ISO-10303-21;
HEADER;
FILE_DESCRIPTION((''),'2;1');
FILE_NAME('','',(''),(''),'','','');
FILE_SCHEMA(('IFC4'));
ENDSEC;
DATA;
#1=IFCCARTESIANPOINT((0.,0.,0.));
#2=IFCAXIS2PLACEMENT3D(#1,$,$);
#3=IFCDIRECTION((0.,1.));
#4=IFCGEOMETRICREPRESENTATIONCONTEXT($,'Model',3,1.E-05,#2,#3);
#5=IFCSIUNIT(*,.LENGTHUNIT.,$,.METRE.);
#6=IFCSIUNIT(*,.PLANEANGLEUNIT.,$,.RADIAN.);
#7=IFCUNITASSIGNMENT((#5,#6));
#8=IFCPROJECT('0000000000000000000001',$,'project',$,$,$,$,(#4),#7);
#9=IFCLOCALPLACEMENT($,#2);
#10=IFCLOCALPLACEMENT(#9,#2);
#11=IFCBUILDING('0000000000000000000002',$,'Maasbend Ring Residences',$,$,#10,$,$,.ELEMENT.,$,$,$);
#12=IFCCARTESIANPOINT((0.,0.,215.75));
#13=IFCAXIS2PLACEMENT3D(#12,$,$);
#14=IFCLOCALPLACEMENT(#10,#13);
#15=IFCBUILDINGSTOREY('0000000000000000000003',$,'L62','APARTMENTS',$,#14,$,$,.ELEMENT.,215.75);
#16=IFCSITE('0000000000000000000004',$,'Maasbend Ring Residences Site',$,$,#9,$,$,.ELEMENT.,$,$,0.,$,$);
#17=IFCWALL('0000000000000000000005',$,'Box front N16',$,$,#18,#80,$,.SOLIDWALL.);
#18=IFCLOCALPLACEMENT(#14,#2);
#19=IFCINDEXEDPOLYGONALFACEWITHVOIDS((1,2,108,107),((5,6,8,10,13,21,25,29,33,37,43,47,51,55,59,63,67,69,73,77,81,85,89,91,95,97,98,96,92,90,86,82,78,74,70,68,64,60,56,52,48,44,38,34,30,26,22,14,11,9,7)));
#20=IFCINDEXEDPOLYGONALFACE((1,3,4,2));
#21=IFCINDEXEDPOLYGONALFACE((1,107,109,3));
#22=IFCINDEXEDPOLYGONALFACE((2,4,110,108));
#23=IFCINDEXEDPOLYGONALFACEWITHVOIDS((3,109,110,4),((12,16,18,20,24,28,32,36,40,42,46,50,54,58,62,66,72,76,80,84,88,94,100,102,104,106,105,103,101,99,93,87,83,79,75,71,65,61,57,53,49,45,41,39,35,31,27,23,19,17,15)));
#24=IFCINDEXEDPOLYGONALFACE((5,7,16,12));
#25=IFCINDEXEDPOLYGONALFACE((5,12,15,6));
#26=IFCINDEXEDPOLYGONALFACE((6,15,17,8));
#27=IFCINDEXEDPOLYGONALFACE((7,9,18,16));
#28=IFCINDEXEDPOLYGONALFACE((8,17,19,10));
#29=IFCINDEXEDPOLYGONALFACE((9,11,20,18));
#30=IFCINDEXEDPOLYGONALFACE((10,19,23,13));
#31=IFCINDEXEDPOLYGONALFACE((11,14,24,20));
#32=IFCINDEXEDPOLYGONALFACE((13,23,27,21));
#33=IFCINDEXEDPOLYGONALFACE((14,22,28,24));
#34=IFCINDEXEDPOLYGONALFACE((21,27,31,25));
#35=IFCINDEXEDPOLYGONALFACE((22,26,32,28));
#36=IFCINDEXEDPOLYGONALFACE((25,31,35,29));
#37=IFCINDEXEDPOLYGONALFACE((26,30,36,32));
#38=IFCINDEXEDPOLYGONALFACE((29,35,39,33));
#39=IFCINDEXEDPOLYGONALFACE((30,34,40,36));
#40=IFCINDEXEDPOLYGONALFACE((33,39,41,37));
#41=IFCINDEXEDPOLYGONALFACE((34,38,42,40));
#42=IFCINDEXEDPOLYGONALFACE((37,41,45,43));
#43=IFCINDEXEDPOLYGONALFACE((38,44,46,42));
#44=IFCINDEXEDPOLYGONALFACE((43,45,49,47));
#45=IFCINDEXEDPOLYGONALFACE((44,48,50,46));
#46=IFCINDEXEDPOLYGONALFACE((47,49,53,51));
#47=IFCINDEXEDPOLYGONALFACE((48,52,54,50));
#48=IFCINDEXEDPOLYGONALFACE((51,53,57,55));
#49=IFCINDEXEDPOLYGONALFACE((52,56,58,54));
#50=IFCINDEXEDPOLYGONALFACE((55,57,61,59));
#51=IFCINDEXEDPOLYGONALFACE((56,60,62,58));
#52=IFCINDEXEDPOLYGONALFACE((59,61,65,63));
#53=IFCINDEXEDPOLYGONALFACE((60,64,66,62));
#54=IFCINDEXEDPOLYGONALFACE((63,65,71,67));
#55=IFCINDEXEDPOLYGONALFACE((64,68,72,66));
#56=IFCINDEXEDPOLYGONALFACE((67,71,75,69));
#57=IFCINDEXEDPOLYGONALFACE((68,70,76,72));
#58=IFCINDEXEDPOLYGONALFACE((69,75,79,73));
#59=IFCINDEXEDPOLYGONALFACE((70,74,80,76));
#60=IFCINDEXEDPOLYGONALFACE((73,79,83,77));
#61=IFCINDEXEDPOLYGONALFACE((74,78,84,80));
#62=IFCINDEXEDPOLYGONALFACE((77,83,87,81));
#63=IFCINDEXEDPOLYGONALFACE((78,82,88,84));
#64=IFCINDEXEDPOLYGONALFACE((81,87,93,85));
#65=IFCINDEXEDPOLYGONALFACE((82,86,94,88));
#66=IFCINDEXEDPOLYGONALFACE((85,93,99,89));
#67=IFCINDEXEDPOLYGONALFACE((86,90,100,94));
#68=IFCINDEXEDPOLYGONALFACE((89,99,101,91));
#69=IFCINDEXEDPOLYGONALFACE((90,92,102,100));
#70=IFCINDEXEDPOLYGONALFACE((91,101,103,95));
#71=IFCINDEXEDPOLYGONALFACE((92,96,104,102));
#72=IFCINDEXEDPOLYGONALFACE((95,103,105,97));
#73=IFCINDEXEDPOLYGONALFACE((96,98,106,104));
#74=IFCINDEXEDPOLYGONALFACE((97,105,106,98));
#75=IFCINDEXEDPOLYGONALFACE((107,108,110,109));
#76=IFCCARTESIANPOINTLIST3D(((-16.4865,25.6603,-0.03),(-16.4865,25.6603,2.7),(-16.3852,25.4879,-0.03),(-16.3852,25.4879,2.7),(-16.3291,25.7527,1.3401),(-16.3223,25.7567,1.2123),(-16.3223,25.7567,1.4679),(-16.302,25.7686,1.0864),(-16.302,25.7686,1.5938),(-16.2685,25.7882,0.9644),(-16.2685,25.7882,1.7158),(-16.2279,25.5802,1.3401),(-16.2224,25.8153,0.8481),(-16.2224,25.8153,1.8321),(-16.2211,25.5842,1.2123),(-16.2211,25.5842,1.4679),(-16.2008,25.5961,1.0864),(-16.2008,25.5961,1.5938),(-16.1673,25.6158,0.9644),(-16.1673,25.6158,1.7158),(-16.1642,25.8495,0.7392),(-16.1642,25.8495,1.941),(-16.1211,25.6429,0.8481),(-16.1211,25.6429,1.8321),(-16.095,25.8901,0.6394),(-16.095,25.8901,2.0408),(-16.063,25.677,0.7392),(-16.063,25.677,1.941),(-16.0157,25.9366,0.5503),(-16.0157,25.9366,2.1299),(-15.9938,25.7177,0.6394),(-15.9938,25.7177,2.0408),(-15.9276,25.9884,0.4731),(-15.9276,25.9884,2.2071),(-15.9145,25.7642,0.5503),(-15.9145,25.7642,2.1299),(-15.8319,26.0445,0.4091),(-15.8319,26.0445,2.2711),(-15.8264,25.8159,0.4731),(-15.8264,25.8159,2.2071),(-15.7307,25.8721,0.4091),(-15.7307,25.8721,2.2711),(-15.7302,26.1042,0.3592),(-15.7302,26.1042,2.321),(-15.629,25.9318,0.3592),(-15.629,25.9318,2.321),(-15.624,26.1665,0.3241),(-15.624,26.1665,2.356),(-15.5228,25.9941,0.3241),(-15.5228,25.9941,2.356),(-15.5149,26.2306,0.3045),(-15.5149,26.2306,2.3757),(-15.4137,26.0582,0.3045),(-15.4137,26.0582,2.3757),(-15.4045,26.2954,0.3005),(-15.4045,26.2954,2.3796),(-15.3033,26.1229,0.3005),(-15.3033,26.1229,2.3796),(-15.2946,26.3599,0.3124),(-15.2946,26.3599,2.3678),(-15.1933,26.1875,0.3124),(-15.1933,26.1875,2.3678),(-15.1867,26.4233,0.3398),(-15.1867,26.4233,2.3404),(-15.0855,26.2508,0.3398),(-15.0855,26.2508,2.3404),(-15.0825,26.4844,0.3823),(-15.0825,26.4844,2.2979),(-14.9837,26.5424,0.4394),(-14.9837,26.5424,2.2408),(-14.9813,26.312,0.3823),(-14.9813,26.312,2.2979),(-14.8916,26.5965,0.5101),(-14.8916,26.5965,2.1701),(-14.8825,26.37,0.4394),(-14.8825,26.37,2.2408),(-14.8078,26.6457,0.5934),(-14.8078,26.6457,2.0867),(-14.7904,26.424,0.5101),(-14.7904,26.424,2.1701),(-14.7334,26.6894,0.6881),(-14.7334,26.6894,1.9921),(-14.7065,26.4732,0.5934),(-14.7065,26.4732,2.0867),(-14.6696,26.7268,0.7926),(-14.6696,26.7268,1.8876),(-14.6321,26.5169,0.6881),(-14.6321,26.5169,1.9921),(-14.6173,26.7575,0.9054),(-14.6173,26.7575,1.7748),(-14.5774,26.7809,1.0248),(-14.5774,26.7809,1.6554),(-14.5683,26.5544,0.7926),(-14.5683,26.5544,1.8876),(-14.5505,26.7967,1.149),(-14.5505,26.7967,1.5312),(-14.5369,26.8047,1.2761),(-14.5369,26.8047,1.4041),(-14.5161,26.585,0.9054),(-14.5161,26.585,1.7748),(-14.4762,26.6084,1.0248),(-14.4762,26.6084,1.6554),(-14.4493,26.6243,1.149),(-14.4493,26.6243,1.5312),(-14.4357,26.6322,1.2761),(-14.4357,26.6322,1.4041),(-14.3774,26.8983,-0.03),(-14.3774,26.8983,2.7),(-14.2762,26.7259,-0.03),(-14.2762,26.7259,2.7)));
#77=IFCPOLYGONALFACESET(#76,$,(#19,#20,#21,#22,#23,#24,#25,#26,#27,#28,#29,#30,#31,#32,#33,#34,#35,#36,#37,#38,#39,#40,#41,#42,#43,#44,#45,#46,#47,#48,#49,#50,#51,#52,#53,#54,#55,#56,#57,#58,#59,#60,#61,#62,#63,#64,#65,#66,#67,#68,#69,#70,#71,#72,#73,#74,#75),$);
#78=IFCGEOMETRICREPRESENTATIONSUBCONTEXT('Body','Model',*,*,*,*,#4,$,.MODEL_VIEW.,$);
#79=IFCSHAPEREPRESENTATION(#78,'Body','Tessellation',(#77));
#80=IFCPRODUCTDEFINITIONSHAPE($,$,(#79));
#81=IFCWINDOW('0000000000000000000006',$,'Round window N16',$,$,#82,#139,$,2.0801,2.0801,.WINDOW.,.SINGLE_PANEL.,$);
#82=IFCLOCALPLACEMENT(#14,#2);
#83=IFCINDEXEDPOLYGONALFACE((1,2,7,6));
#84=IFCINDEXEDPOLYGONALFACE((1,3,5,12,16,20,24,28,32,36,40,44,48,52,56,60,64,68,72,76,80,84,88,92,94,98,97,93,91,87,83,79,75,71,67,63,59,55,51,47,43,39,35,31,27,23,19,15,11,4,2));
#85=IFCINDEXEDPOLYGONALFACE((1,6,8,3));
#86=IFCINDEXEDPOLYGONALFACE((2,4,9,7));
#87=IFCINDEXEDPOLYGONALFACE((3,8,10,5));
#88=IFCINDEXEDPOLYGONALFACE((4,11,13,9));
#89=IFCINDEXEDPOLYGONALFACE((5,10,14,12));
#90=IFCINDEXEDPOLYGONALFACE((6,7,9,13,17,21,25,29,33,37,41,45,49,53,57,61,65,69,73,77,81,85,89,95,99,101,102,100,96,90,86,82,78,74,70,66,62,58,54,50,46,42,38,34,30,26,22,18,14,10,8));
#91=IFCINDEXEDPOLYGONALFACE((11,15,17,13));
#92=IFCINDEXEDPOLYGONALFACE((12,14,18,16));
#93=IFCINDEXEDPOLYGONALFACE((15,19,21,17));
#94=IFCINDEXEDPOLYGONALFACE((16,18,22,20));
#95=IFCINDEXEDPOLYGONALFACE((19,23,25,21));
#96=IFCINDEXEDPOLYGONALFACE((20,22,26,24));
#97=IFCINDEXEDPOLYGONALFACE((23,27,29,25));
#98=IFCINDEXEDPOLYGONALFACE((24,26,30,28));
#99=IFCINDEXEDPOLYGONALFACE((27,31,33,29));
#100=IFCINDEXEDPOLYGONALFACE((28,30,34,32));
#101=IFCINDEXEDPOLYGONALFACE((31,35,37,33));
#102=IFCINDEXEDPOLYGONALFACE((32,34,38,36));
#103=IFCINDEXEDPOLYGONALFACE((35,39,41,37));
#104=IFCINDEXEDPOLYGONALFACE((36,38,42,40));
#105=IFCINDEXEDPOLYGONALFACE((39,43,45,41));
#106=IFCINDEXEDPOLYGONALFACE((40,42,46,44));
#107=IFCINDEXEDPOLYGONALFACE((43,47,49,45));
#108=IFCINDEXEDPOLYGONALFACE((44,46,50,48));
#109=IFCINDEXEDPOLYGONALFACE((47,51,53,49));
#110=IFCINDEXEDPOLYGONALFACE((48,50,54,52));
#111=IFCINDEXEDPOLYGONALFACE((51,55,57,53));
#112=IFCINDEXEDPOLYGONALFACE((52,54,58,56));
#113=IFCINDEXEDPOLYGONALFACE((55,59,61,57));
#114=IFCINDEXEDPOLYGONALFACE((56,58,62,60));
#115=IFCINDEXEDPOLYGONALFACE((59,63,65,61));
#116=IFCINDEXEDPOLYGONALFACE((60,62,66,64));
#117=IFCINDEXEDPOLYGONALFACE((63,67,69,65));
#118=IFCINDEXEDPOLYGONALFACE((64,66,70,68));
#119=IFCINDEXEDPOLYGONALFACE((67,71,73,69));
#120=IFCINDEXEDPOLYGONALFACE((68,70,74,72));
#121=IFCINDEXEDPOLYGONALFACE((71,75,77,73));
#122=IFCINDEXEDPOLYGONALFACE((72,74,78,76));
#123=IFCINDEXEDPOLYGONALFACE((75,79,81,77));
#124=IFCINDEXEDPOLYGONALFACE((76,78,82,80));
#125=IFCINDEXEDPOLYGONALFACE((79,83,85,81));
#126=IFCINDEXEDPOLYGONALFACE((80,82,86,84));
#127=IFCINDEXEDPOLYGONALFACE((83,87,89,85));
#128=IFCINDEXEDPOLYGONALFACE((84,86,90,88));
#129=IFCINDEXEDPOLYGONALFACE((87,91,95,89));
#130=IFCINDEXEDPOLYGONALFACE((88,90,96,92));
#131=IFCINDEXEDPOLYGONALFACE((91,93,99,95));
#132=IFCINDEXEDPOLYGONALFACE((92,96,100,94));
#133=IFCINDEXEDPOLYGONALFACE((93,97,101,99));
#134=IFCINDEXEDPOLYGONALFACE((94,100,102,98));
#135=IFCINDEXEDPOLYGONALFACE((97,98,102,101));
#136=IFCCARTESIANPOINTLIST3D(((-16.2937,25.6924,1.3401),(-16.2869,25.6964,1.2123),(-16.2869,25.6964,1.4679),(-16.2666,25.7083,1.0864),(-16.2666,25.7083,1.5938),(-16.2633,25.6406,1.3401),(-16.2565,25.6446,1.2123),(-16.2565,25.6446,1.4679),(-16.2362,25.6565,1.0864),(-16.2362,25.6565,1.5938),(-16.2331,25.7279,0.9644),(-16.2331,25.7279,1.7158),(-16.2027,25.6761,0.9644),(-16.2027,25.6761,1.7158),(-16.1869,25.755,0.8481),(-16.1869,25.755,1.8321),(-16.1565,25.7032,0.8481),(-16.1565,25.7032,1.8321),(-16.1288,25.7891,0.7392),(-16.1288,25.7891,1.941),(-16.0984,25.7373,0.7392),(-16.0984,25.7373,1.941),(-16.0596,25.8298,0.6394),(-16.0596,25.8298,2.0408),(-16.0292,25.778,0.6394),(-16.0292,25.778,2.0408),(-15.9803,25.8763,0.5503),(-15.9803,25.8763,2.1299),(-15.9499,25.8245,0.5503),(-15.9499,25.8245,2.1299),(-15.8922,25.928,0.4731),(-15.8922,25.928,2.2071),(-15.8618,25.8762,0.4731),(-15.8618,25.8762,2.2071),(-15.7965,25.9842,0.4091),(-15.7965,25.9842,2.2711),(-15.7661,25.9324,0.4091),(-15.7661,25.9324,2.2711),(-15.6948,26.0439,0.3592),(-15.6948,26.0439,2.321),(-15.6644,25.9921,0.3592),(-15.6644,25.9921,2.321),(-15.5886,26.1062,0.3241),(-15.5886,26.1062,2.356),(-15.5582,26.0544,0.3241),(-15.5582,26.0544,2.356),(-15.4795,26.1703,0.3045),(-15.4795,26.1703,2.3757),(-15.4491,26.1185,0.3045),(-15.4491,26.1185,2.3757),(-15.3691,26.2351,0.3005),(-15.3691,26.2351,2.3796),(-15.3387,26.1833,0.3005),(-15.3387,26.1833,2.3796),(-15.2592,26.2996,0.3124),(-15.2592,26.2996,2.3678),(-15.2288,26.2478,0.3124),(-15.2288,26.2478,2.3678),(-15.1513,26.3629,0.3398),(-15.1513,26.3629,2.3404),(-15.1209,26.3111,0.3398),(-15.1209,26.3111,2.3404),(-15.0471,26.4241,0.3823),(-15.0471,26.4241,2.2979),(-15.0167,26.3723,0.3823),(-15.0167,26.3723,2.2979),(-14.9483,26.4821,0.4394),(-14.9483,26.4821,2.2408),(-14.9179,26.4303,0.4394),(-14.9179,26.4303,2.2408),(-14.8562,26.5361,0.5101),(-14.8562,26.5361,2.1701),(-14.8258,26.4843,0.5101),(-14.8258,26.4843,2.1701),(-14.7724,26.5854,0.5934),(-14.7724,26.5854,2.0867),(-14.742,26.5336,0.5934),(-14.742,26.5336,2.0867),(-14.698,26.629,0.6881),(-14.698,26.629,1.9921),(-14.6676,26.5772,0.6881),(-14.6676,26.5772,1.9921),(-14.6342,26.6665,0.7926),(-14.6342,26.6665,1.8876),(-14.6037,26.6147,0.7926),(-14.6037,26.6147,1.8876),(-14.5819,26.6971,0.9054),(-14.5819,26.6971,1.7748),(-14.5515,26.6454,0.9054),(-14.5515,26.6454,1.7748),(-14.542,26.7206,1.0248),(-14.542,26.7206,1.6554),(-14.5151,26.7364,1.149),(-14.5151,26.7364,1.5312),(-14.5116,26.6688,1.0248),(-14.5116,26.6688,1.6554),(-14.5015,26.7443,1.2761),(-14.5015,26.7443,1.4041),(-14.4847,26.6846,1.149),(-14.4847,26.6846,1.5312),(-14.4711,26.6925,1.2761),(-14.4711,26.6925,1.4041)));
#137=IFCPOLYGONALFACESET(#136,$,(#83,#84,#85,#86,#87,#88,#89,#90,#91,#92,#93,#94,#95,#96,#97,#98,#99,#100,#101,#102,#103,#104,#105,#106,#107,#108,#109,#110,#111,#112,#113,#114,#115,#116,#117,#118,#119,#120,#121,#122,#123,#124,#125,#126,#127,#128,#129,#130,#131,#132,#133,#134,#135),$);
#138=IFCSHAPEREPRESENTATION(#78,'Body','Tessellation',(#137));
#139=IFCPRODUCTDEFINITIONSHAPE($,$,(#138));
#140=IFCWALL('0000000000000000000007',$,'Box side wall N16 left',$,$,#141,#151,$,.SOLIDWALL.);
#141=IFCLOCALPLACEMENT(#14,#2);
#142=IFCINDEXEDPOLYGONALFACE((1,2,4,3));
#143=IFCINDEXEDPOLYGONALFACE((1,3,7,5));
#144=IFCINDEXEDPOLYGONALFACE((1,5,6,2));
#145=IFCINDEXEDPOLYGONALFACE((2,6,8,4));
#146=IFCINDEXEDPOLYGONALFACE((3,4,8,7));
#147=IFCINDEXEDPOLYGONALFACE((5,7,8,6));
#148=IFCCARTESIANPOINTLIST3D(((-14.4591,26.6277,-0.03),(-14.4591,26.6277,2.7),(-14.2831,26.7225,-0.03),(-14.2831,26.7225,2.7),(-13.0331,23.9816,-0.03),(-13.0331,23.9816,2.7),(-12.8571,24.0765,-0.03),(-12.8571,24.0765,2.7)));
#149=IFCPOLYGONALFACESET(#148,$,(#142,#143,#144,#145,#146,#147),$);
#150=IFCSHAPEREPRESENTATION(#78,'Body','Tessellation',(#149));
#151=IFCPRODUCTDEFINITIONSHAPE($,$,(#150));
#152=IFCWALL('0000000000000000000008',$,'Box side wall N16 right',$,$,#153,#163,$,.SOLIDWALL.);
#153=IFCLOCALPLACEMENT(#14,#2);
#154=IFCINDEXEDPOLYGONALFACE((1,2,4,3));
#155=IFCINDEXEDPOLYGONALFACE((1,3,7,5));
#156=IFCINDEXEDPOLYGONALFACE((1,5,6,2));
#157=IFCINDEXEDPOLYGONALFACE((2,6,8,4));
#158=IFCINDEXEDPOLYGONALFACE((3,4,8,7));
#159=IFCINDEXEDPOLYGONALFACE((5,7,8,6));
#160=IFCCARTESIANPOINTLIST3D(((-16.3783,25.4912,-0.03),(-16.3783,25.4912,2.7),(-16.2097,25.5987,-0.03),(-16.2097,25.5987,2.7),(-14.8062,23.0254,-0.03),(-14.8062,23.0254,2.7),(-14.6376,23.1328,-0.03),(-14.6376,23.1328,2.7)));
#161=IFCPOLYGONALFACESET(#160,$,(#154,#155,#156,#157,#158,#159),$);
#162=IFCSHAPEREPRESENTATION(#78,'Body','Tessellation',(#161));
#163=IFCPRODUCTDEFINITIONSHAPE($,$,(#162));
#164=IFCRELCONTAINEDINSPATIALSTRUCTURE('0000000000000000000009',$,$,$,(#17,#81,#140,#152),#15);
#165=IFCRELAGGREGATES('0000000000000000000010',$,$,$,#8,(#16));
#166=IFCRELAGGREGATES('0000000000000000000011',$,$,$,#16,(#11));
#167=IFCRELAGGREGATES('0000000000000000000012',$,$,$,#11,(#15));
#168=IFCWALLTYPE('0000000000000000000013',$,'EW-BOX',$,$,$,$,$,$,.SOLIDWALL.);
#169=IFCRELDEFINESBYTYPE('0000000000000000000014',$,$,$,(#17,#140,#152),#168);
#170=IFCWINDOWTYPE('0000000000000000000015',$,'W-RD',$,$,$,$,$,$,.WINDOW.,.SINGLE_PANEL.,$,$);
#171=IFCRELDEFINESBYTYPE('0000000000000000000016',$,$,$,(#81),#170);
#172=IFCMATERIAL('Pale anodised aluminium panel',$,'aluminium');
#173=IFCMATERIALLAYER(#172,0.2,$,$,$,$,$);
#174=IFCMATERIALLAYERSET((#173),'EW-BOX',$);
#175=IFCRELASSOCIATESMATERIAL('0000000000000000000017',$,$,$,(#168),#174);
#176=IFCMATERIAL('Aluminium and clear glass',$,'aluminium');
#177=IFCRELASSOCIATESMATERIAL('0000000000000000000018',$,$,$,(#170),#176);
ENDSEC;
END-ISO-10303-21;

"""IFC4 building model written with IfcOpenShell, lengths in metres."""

from ifc_helpers import new_model, si_unit, direction, frame, frame_2d, origin, place, context, subcontext, project, spatial, rectangle, circle, extrude, material, layer, layer_set, type_object, element, fill, save


model = new_model("IFC4")

# Units and contexts
model_context = context("Model", 3, precision=1e-05, world=origin(), true_north=direction((0.0, 1.0)))
body_context = subcontext(model_context, "Body", "Model", "MODEL_VIEW")
ifc_project = project(units=[si_unit("LENGTHUNIT", "METRE"), si_unit("PLANEANGLEUNIT", "RADIAN")], contexts=[model_context])

# Site, building, storey
site_placement = place(None, origin())
site = spatial("IfcSite", under=ifc_project, at=site_placement, Name="Maasbend Ring Residences Site", CompositionType="ELEMENT", RefElevation=0.0)
building_placement = place(site_placement, origin())
building = spatial("IfcBuilding", under=site, at=building_placement, Name="Maasbend Ring Residences", CompositionType="ELEMENT")
storey_placement = place(building_placement, frame((0.0, 0.0, 215.75)))
storey = spatial("IfcBuildingStorey", under=building, at=storey_placement, Name="L62", Description="APARTMENTS", CompositionType="ELEMENT", Elevation=215.75)

# Wall, opening, window
ifc_material_1 = material(Name="Pale anodised aluminium panel", Category="aluminium")
ifc_layer_1 = layer(ifc_material_1, 0.2)
ifc_layer_set_1 = layer_set([ifc_layer_1], Name="EW-BOX")
wall_type_1 = type_object("IfcWallType", Name="EW-BOX", PredefinedType="SOLIDWALL", material=ifc_layer_set_1)
wall_1_placement = place(storey_placement, frame((-14.3269, 26.812, -0.03), z_axis=(0.0, 0.0, 1.0), x_axis=(-0.862403, -0.506222, 0.0)))
wall_1 = element("IfcWall", 1, at=wall_1_placement, inside=storey, type_object=wall_type_1, Name="Box front N16", PredefinedType="SOLIDWALL", context=body_context, shape_type="SweptSolid", body=[
    extrude(rectangle(XDim=2.4456, YDim=0.2, at=frame_2d((1.2227, 0.0))), origin(), (0.0, 0.0, 1.0), 2.73),
])
opening_1_placement = place(wall_1_placement, frame((0.1829, 0.0, 0.3301)))
opening_1 = element("IfcOpeningElement", 2, at=opening_1_placement, cuts=wall_1, PredefinedType="OPENING", context=body_context, shape_type="SweptSolid", body=[
    extrude(circle(Radius=1.04, at=frame_2d((1.04, 1.04))), frame((0.0, 0.1099, 0.0), z_axis=(0.0, -1.0, 0.0), x_axis=(1.0, 0.0, 0.0)), (0.0, 0.0, 1.0), 0.22),
])
ifc_material_2 = material(Name="Aluminium and clear glass", Category="aluminium")
window_type_1 = type_object("IfcWindowType", Name="W-RD", PartitioningType="SINGLE_PANEL", PredefinedType="WINDOW", material=ifc_material_2)
window_1_placement = place(opening_1_placement, origin())
window_1 = element("IfcWindow", 3, at=window_1_placement, inside=storey, type_object=window_type_1, Name="Round window N16", OverallHeight=2.0801, OverallWidth=2.0801, PartitioningType="SINGLE_PANEL", PredefinedType="WINDOW", context=body_context, shape_type="SweptSolid", body=[
    extrude(circle(Radius=1.04, at=frame_2d((1.04, 1.04))), frame((0.0, 0.03, 0.0), z_axis=(0.0, -1.0, 0.0), x_axis=(1.0, 0.0, 0.0)), (0.0, 0.0, 1.0), 0.0601),
])
fill(opening_1, window_1)

# Walls
wall_2_placement = place(storey_placement, frame((-12.9451, 24.0291, -0.03), z_axis=(0.0, 0.0, 1.0), x_axis=(-0.474424, 0.880296, 0.0)))
element("IfcWall", 4, at=wall_2_placement, inside=storey, type_object=wall_type_1, Name="Box side wall N16 left", PredefinedType="SOLIDWALL", context=body_context, shape_type="SweptSolid", body=[
    extrude(rectangle(XDim=3.0059, YDim=0.2, at=frame_2d((1.5029, 0.0))), origin(), (0.0, 0.0, 1.0), 2.73),
])
wall_3_placement = place(storey_placement, frame((-14.7219, 23.0791, -0.03), z_axis=(0.0, 0.0, 1.0), x_axis=(-0.537572, 0.843218, 0.0)))
element("IfcWall", 5, at=wall_3_placement, inside=storey, type_object=wall_type_1, Name="Box side wall N16 right", PredefinedType="SOLIDWALL", context=body_context, shape_type="SweptSolid", body=[
    extrude(rectangle(XDim=2.9243, YDim=0.2, at=frame_2d((1.4622, 0.0))), origin(), (0.0, 0.0, 1.0), 2.73),
])

save(model, "model.ifc")
